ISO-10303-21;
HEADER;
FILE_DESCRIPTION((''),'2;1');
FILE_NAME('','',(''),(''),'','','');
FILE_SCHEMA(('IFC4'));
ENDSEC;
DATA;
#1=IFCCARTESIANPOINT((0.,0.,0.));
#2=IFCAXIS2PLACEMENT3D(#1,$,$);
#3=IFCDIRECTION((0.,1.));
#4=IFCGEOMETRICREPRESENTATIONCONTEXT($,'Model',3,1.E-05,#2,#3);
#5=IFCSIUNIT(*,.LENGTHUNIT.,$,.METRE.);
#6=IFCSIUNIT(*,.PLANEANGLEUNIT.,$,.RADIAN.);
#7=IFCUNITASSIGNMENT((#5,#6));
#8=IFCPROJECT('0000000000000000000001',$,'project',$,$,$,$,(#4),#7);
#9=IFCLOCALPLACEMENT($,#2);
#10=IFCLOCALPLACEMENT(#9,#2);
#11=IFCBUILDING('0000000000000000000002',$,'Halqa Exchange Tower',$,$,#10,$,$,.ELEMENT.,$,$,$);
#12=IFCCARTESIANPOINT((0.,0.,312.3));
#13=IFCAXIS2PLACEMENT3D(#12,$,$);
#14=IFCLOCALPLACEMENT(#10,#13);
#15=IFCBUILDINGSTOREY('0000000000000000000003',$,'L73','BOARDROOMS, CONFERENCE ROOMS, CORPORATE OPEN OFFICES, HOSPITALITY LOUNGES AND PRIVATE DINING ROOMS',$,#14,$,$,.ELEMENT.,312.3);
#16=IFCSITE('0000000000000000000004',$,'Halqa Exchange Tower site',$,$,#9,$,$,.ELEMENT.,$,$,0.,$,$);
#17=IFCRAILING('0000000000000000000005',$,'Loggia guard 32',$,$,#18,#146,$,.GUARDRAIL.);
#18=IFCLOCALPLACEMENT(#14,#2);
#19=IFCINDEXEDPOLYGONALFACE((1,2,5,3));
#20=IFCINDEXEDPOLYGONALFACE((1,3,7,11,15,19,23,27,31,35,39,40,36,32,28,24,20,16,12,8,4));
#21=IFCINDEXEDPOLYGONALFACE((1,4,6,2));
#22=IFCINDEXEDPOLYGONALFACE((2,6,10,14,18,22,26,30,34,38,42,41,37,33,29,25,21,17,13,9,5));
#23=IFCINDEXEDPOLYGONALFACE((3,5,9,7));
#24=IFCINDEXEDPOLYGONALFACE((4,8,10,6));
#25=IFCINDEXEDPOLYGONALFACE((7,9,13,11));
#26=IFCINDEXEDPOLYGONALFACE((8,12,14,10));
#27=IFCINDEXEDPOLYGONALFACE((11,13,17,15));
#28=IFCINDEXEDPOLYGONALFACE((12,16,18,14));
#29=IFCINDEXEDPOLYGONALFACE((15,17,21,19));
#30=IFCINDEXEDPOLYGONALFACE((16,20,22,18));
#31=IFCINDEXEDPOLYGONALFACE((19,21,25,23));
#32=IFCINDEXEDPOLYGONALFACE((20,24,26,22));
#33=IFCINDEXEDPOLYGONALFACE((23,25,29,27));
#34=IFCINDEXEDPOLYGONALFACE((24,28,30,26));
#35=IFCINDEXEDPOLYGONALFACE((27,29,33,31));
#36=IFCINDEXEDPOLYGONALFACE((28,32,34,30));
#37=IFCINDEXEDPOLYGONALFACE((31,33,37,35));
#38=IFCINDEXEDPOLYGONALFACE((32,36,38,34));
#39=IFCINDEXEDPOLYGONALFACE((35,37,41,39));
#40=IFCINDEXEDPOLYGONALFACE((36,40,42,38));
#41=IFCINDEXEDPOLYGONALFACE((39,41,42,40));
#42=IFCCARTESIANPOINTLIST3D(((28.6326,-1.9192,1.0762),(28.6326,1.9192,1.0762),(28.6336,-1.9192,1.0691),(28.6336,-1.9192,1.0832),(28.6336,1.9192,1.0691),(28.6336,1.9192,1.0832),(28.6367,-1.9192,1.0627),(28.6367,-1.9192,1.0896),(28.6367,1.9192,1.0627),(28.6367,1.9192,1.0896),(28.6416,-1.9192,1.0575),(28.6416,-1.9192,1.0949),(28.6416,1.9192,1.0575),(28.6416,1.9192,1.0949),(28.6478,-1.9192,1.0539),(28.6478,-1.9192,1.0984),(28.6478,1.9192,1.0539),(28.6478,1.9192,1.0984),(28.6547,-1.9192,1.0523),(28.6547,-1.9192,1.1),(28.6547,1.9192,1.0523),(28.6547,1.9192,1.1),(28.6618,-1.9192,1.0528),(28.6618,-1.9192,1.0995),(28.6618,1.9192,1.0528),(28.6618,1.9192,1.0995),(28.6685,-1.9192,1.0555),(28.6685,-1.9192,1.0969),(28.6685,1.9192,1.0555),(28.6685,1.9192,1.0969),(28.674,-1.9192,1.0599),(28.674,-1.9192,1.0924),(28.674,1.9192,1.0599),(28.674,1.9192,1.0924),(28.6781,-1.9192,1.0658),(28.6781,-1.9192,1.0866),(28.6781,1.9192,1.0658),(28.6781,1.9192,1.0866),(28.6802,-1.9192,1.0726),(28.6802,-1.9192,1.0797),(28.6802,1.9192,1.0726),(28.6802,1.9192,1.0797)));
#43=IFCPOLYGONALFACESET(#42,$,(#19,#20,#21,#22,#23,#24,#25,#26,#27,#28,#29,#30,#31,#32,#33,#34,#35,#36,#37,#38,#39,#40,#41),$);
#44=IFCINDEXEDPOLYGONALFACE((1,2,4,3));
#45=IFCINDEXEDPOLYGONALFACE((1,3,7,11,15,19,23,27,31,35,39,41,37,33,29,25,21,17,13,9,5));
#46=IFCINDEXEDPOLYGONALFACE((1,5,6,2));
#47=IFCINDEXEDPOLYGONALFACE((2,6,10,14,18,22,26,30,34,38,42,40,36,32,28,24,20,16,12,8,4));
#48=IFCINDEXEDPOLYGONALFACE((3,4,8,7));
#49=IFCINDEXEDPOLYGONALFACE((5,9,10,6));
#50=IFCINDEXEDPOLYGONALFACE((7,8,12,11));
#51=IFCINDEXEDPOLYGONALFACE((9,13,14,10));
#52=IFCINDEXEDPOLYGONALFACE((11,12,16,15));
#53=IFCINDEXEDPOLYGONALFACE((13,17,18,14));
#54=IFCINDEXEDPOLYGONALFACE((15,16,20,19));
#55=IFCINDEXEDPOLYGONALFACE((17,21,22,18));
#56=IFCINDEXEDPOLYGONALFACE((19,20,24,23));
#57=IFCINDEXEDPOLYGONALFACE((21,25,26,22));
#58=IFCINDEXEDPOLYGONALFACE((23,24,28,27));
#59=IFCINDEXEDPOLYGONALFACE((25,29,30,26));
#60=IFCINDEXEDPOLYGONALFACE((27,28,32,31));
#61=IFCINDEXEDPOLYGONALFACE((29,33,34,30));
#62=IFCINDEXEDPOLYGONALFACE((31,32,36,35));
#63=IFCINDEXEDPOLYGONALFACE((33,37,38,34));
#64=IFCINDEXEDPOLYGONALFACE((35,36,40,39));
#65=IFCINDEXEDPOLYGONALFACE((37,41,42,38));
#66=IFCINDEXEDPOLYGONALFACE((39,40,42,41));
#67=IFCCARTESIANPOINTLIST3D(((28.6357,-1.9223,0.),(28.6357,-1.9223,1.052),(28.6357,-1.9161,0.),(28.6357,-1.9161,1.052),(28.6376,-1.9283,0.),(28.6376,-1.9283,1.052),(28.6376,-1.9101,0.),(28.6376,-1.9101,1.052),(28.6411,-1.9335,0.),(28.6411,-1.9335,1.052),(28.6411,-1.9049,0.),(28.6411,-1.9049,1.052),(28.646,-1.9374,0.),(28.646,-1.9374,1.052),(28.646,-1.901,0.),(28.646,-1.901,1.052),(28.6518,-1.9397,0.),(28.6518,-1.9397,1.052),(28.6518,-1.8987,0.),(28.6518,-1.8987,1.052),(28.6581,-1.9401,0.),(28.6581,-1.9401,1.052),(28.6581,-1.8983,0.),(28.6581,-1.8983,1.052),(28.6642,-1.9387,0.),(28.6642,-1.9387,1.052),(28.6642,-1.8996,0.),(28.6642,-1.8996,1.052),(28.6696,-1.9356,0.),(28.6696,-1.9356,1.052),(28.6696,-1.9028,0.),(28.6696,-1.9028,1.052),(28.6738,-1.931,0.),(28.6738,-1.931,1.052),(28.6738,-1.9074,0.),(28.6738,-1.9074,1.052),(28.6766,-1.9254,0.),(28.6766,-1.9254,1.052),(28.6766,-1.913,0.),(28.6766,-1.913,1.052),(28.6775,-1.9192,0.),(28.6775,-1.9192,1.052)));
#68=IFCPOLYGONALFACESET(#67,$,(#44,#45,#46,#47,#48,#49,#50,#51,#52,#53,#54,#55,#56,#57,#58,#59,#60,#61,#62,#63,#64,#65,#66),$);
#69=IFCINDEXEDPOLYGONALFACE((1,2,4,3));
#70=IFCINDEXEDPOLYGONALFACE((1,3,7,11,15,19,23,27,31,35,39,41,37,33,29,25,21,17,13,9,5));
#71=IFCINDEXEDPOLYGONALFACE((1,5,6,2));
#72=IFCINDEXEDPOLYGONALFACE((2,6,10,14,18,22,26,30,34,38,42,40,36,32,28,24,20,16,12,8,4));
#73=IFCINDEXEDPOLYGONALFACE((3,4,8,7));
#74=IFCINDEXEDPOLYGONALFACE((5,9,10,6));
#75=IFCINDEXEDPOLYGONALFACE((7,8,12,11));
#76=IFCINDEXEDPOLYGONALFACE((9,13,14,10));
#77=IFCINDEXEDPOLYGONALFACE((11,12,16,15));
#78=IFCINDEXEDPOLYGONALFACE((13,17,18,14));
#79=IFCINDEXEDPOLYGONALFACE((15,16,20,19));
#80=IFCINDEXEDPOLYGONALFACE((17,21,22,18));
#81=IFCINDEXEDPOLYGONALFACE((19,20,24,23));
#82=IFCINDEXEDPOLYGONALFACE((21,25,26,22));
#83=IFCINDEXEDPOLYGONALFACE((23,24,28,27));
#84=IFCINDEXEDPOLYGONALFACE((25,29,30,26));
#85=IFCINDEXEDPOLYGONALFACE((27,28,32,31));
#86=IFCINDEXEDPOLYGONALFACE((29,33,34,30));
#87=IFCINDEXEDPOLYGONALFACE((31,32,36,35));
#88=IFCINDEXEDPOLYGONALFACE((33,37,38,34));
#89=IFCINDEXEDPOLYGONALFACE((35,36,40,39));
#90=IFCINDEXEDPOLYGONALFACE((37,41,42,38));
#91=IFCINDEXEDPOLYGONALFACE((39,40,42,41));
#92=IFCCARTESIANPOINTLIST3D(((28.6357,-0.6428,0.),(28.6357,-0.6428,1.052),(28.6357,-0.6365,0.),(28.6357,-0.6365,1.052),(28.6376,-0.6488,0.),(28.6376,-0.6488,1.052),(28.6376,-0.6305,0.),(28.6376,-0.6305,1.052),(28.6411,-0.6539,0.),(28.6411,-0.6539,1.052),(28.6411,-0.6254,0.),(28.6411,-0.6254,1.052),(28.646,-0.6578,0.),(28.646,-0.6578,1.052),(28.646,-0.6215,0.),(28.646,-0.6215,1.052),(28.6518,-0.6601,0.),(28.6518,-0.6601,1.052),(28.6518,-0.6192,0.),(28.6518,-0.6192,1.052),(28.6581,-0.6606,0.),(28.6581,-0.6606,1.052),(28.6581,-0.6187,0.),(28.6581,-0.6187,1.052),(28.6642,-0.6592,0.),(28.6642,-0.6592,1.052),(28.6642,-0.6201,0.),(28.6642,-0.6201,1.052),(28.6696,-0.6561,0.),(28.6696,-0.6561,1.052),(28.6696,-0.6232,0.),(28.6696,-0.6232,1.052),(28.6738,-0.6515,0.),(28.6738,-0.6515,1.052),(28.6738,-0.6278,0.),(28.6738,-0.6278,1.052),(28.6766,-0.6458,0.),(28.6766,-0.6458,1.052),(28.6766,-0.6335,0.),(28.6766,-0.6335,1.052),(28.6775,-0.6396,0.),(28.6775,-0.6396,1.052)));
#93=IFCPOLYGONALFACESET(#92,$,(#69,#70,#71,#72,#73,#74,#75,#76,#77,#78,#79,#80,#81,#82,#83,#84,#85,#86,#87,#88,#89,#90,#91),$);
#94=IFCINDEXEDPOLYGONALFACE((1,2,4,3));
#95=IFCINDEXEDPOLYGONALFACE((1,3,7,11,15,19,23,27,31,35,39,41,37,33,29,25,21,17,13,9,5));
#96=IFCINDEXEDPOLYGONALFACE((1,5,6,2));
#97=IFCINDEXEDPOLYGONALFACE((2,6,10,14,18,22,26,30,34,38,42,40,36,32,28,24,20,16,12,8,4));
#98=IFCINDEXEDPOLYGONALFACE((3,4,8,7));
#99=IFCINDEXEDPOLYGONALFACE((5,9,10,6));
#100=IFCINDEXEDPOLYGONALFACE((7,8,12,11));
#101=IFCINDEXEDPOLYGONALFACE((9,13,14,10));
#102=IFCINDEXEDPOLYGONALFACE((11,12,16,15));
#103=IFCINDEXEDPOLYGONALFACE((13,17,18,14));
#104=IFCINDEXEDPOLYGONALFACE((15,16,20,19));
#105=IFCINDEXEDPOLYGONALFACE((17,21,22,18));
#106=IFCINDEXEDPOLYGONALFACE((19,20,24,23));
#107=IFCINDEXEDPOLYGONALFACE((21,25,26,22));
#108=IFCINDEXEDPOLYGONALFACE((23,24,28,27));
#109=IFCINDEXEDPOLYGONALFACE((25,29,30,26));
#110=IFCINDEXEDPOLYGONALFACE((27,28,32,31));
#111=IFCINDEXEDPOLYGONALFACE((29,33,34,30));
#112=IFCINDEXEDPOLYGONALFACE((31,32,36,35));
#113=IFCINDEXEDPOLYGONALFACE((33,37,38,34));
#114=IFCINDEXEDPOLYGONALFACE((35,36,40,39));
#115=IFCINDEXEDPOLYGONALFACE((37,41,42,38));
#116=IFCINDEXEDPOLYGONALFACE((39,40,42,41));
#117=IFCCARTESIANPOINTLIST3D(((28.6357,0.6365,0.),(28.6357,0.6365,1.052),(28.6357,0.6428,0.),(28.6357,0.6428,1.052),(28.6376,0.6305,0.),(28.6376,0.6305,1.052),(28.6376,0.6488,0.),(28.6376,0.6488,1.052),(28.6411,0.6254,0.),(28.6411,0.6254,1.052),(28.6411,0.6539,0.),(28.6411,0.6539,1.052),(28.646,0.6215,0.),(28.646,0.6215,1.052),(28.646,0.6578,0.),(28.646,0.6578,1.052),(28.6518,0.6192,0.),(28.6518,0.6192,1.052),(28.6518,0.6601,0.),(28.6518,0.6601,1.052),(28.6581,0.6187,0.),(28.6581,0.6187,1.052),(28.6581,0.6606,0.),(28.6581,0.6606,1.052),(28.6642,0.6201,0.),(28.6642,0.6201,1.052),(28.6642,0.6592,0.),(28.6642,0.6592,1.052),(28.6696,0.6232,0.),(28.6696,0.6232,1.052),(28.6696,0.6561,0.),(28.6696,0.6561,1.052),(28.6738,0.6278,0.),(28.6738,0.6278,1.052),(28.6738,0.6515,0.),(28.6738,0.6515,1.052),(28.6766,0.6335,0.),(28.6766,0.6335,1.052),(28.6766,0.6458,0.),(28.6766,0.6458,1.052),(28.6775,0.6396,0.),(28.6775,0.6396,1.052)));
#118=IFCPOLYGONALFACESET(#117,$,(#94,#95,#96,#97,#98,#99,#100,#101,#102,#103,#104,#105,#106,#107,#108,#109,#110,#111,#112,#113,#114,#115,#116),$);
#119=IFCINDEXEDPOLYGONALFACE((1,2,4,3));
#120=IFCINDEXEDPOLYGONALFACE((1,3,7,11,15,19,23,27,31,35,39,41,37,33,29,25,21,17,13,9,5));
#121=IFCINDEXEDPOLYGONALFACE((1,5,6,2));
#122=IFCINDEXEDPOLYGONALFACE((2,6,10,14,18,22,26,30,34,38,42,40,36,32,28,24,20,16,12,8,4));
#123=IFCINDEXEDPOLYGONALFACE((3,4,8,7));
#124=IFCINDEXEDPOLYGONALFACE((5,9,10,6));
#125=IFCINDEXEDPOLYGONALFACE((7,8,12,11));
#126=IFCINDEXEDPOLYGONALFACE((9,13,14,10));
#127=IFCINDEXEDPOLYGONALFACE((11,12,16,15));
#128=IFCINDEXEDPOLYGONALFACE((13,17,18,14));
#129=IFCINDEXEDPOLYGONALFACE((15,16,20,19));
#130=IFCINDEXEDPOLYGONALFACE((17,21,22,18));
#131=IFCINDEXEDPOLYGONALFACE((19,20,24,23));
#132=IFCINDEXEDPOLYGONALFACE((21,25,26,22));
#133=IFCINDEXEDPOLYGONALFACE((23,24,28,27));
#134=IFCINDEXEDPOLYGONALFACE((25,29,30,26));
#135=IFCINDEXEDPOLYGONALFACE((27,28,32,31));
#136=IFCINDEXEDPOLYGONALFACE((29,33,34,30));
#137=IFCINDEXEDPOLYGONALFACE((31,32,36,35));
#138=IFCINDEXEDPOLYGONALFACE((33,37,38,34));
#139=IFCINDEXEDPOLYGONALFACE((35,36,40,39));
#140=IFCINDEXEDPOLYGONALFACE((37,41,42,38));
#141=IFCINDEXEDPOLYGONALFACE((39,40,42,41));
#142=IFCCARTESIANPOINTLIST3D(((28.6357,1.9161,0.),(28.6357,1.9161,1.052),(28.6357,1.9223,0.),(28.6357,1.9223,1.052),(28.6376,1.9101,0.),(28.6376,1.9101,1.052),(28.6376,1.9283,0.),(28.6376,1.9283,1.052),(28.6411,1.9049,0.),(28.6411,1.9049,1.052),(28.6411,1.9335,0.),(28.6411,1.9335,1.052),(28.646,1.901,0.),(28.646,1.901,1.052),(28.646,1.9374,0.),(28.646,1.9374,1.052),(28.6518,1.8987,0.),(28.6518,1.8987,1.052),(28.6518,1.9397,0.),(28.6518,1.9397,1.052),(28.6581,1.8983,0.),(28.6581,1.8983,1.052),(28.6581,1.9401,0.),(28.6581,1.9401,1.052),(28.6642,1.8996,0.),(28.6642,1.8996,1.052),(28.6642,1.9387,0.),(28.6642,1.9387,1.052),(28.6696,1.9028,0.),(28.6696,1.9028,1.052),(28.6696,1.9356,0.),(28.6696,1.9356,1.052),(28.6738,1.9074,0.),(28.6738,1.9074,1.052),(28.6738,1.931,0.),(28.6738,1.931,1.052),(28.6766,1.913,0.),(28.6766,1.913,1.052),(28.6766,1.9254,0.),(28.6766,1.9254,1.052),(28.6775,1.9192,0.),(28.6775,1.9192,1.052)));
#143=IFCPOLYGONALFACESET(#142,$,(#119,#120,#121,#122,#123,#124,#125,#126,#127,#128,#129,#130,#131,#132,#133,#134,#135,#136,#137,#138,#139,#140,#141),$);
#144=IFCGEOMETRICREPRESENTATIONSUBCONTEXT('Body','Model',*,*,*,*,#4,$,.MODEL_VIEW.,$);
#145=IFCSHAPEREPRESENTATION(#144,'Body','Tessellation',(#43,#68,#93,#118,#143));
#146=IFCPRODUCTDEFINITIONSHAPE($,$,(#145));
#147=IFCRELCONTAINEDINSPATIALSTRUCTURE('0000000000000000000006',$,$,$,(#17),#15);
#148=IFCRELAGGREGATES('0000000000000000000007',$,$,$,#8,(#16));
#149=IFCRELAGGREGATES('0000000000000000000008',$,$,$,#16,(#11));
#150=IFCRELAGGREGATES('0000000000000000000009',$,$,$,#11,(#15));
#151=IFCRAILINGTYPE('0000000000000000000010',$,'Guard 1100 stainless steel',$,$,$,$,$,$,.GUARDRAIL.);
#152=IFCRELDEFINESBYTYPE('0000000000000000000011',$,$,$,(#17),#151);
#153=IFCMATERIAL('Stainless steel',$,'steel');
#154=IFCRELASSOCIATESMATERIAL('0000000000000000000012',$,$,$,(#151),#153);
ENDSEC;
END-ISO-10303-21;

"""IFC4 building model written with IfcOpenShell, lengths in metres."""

from ifc_helpers import new_model, si_unit, direction, frame, origin, origin_2d, place, context, subcontext, project, spatial, circle, extrude, material, type_object, element, save


model = new_model("IFC4")

# Units and contexts
model_context = context("Model", 3, precision=1e-05, world=origin(), true_north=direction((0.0, 1.0)))
body_context = subcontext(model_context, "Body", "Model", "MODEL_VIEW")
ifc_project = project(units=[si_unit("LENGTHUNIT", "METRE"), si_unit("PLANEANGLEUNIT", "RADIAN")], contexts=[model_context])

# Site, building, storey
site_placement = place(None, origin())
site = spatial("IfcSite", under=ifc_project, at=site_placement, Name="Halqa Exchange Tower site", CompositionType="ELEMENT", RefElevation=0.0)
building_placement = place(site_placement, origin())
building = spatial("IfcBuilding", under=site, at=building_placement, Name="Halqa Exchange Tower", CompositionType="ELEMENT")
storey_placement = place(building_placement, frame((0.0, 0.0, 312.3)))
storey = spatial("IfcBuildingStorey", under=building, at=storey_placement, Name="L73", Description="BOARDROOMS, CONFERENCE ROOMS, CORPORATE OPEN OFFICES, HOSPITALITY LOUNGES AND PRIVATE DINING ROOMS", CompositionType="ELEMENT", Elevation=312.3)

# Railing
ifc_material_1 = material(Name="Stainless steel", Category="steel")
railing_type = type_object("IfcRailingType", Name="Guard 1100 stainless steel", PredefinedType="GUARDRAIL", material=ifc_material_1)
railing_1_placement = place(storey_placement, frame((28.6565, -1.9192, 0.0)))
element("IfcRailing", 1, at=railing_1_placement, inside=storey, type_object=railing_type, Name="Loggia guard 32", PredefinedType="GUARDRAIL", context=body_context, shape_type="SweptSolid", body=[
    extrude(circle(Radius=0.0239, at=origin_2d()), frame((0.0, 0.0, 1.0762), z_axis=(0.0, 1.0, 0.0), x_axis=(-1.0, 0.0, 0.0)), (0.0, 0.0, 1.0), 3.8384),
    extrude(circle(Radius=0.021, at=origin_2d()), origin(), (0.0, 0.0, 1.0), 1.052),
    extrude(circle(Radius=0.021, at=origin_2d()), frame((0.0, 1.2795, 0.0)), (0.0, 0.0, 1.0), 1.052),
    extrude(circle(Radius=0.021, at=origin_2d()), frame((0.0, 2.5588, 0.0)), (0.0, 0.0, 1.0), 1.052),
    extrude(circle(Radius=0.021, at=origin_2d()), frame((0.0, 3.8384, 0.0)), (0.0, 0.0, 1.0), 1.052),
])

save(model, "model.ifc")
